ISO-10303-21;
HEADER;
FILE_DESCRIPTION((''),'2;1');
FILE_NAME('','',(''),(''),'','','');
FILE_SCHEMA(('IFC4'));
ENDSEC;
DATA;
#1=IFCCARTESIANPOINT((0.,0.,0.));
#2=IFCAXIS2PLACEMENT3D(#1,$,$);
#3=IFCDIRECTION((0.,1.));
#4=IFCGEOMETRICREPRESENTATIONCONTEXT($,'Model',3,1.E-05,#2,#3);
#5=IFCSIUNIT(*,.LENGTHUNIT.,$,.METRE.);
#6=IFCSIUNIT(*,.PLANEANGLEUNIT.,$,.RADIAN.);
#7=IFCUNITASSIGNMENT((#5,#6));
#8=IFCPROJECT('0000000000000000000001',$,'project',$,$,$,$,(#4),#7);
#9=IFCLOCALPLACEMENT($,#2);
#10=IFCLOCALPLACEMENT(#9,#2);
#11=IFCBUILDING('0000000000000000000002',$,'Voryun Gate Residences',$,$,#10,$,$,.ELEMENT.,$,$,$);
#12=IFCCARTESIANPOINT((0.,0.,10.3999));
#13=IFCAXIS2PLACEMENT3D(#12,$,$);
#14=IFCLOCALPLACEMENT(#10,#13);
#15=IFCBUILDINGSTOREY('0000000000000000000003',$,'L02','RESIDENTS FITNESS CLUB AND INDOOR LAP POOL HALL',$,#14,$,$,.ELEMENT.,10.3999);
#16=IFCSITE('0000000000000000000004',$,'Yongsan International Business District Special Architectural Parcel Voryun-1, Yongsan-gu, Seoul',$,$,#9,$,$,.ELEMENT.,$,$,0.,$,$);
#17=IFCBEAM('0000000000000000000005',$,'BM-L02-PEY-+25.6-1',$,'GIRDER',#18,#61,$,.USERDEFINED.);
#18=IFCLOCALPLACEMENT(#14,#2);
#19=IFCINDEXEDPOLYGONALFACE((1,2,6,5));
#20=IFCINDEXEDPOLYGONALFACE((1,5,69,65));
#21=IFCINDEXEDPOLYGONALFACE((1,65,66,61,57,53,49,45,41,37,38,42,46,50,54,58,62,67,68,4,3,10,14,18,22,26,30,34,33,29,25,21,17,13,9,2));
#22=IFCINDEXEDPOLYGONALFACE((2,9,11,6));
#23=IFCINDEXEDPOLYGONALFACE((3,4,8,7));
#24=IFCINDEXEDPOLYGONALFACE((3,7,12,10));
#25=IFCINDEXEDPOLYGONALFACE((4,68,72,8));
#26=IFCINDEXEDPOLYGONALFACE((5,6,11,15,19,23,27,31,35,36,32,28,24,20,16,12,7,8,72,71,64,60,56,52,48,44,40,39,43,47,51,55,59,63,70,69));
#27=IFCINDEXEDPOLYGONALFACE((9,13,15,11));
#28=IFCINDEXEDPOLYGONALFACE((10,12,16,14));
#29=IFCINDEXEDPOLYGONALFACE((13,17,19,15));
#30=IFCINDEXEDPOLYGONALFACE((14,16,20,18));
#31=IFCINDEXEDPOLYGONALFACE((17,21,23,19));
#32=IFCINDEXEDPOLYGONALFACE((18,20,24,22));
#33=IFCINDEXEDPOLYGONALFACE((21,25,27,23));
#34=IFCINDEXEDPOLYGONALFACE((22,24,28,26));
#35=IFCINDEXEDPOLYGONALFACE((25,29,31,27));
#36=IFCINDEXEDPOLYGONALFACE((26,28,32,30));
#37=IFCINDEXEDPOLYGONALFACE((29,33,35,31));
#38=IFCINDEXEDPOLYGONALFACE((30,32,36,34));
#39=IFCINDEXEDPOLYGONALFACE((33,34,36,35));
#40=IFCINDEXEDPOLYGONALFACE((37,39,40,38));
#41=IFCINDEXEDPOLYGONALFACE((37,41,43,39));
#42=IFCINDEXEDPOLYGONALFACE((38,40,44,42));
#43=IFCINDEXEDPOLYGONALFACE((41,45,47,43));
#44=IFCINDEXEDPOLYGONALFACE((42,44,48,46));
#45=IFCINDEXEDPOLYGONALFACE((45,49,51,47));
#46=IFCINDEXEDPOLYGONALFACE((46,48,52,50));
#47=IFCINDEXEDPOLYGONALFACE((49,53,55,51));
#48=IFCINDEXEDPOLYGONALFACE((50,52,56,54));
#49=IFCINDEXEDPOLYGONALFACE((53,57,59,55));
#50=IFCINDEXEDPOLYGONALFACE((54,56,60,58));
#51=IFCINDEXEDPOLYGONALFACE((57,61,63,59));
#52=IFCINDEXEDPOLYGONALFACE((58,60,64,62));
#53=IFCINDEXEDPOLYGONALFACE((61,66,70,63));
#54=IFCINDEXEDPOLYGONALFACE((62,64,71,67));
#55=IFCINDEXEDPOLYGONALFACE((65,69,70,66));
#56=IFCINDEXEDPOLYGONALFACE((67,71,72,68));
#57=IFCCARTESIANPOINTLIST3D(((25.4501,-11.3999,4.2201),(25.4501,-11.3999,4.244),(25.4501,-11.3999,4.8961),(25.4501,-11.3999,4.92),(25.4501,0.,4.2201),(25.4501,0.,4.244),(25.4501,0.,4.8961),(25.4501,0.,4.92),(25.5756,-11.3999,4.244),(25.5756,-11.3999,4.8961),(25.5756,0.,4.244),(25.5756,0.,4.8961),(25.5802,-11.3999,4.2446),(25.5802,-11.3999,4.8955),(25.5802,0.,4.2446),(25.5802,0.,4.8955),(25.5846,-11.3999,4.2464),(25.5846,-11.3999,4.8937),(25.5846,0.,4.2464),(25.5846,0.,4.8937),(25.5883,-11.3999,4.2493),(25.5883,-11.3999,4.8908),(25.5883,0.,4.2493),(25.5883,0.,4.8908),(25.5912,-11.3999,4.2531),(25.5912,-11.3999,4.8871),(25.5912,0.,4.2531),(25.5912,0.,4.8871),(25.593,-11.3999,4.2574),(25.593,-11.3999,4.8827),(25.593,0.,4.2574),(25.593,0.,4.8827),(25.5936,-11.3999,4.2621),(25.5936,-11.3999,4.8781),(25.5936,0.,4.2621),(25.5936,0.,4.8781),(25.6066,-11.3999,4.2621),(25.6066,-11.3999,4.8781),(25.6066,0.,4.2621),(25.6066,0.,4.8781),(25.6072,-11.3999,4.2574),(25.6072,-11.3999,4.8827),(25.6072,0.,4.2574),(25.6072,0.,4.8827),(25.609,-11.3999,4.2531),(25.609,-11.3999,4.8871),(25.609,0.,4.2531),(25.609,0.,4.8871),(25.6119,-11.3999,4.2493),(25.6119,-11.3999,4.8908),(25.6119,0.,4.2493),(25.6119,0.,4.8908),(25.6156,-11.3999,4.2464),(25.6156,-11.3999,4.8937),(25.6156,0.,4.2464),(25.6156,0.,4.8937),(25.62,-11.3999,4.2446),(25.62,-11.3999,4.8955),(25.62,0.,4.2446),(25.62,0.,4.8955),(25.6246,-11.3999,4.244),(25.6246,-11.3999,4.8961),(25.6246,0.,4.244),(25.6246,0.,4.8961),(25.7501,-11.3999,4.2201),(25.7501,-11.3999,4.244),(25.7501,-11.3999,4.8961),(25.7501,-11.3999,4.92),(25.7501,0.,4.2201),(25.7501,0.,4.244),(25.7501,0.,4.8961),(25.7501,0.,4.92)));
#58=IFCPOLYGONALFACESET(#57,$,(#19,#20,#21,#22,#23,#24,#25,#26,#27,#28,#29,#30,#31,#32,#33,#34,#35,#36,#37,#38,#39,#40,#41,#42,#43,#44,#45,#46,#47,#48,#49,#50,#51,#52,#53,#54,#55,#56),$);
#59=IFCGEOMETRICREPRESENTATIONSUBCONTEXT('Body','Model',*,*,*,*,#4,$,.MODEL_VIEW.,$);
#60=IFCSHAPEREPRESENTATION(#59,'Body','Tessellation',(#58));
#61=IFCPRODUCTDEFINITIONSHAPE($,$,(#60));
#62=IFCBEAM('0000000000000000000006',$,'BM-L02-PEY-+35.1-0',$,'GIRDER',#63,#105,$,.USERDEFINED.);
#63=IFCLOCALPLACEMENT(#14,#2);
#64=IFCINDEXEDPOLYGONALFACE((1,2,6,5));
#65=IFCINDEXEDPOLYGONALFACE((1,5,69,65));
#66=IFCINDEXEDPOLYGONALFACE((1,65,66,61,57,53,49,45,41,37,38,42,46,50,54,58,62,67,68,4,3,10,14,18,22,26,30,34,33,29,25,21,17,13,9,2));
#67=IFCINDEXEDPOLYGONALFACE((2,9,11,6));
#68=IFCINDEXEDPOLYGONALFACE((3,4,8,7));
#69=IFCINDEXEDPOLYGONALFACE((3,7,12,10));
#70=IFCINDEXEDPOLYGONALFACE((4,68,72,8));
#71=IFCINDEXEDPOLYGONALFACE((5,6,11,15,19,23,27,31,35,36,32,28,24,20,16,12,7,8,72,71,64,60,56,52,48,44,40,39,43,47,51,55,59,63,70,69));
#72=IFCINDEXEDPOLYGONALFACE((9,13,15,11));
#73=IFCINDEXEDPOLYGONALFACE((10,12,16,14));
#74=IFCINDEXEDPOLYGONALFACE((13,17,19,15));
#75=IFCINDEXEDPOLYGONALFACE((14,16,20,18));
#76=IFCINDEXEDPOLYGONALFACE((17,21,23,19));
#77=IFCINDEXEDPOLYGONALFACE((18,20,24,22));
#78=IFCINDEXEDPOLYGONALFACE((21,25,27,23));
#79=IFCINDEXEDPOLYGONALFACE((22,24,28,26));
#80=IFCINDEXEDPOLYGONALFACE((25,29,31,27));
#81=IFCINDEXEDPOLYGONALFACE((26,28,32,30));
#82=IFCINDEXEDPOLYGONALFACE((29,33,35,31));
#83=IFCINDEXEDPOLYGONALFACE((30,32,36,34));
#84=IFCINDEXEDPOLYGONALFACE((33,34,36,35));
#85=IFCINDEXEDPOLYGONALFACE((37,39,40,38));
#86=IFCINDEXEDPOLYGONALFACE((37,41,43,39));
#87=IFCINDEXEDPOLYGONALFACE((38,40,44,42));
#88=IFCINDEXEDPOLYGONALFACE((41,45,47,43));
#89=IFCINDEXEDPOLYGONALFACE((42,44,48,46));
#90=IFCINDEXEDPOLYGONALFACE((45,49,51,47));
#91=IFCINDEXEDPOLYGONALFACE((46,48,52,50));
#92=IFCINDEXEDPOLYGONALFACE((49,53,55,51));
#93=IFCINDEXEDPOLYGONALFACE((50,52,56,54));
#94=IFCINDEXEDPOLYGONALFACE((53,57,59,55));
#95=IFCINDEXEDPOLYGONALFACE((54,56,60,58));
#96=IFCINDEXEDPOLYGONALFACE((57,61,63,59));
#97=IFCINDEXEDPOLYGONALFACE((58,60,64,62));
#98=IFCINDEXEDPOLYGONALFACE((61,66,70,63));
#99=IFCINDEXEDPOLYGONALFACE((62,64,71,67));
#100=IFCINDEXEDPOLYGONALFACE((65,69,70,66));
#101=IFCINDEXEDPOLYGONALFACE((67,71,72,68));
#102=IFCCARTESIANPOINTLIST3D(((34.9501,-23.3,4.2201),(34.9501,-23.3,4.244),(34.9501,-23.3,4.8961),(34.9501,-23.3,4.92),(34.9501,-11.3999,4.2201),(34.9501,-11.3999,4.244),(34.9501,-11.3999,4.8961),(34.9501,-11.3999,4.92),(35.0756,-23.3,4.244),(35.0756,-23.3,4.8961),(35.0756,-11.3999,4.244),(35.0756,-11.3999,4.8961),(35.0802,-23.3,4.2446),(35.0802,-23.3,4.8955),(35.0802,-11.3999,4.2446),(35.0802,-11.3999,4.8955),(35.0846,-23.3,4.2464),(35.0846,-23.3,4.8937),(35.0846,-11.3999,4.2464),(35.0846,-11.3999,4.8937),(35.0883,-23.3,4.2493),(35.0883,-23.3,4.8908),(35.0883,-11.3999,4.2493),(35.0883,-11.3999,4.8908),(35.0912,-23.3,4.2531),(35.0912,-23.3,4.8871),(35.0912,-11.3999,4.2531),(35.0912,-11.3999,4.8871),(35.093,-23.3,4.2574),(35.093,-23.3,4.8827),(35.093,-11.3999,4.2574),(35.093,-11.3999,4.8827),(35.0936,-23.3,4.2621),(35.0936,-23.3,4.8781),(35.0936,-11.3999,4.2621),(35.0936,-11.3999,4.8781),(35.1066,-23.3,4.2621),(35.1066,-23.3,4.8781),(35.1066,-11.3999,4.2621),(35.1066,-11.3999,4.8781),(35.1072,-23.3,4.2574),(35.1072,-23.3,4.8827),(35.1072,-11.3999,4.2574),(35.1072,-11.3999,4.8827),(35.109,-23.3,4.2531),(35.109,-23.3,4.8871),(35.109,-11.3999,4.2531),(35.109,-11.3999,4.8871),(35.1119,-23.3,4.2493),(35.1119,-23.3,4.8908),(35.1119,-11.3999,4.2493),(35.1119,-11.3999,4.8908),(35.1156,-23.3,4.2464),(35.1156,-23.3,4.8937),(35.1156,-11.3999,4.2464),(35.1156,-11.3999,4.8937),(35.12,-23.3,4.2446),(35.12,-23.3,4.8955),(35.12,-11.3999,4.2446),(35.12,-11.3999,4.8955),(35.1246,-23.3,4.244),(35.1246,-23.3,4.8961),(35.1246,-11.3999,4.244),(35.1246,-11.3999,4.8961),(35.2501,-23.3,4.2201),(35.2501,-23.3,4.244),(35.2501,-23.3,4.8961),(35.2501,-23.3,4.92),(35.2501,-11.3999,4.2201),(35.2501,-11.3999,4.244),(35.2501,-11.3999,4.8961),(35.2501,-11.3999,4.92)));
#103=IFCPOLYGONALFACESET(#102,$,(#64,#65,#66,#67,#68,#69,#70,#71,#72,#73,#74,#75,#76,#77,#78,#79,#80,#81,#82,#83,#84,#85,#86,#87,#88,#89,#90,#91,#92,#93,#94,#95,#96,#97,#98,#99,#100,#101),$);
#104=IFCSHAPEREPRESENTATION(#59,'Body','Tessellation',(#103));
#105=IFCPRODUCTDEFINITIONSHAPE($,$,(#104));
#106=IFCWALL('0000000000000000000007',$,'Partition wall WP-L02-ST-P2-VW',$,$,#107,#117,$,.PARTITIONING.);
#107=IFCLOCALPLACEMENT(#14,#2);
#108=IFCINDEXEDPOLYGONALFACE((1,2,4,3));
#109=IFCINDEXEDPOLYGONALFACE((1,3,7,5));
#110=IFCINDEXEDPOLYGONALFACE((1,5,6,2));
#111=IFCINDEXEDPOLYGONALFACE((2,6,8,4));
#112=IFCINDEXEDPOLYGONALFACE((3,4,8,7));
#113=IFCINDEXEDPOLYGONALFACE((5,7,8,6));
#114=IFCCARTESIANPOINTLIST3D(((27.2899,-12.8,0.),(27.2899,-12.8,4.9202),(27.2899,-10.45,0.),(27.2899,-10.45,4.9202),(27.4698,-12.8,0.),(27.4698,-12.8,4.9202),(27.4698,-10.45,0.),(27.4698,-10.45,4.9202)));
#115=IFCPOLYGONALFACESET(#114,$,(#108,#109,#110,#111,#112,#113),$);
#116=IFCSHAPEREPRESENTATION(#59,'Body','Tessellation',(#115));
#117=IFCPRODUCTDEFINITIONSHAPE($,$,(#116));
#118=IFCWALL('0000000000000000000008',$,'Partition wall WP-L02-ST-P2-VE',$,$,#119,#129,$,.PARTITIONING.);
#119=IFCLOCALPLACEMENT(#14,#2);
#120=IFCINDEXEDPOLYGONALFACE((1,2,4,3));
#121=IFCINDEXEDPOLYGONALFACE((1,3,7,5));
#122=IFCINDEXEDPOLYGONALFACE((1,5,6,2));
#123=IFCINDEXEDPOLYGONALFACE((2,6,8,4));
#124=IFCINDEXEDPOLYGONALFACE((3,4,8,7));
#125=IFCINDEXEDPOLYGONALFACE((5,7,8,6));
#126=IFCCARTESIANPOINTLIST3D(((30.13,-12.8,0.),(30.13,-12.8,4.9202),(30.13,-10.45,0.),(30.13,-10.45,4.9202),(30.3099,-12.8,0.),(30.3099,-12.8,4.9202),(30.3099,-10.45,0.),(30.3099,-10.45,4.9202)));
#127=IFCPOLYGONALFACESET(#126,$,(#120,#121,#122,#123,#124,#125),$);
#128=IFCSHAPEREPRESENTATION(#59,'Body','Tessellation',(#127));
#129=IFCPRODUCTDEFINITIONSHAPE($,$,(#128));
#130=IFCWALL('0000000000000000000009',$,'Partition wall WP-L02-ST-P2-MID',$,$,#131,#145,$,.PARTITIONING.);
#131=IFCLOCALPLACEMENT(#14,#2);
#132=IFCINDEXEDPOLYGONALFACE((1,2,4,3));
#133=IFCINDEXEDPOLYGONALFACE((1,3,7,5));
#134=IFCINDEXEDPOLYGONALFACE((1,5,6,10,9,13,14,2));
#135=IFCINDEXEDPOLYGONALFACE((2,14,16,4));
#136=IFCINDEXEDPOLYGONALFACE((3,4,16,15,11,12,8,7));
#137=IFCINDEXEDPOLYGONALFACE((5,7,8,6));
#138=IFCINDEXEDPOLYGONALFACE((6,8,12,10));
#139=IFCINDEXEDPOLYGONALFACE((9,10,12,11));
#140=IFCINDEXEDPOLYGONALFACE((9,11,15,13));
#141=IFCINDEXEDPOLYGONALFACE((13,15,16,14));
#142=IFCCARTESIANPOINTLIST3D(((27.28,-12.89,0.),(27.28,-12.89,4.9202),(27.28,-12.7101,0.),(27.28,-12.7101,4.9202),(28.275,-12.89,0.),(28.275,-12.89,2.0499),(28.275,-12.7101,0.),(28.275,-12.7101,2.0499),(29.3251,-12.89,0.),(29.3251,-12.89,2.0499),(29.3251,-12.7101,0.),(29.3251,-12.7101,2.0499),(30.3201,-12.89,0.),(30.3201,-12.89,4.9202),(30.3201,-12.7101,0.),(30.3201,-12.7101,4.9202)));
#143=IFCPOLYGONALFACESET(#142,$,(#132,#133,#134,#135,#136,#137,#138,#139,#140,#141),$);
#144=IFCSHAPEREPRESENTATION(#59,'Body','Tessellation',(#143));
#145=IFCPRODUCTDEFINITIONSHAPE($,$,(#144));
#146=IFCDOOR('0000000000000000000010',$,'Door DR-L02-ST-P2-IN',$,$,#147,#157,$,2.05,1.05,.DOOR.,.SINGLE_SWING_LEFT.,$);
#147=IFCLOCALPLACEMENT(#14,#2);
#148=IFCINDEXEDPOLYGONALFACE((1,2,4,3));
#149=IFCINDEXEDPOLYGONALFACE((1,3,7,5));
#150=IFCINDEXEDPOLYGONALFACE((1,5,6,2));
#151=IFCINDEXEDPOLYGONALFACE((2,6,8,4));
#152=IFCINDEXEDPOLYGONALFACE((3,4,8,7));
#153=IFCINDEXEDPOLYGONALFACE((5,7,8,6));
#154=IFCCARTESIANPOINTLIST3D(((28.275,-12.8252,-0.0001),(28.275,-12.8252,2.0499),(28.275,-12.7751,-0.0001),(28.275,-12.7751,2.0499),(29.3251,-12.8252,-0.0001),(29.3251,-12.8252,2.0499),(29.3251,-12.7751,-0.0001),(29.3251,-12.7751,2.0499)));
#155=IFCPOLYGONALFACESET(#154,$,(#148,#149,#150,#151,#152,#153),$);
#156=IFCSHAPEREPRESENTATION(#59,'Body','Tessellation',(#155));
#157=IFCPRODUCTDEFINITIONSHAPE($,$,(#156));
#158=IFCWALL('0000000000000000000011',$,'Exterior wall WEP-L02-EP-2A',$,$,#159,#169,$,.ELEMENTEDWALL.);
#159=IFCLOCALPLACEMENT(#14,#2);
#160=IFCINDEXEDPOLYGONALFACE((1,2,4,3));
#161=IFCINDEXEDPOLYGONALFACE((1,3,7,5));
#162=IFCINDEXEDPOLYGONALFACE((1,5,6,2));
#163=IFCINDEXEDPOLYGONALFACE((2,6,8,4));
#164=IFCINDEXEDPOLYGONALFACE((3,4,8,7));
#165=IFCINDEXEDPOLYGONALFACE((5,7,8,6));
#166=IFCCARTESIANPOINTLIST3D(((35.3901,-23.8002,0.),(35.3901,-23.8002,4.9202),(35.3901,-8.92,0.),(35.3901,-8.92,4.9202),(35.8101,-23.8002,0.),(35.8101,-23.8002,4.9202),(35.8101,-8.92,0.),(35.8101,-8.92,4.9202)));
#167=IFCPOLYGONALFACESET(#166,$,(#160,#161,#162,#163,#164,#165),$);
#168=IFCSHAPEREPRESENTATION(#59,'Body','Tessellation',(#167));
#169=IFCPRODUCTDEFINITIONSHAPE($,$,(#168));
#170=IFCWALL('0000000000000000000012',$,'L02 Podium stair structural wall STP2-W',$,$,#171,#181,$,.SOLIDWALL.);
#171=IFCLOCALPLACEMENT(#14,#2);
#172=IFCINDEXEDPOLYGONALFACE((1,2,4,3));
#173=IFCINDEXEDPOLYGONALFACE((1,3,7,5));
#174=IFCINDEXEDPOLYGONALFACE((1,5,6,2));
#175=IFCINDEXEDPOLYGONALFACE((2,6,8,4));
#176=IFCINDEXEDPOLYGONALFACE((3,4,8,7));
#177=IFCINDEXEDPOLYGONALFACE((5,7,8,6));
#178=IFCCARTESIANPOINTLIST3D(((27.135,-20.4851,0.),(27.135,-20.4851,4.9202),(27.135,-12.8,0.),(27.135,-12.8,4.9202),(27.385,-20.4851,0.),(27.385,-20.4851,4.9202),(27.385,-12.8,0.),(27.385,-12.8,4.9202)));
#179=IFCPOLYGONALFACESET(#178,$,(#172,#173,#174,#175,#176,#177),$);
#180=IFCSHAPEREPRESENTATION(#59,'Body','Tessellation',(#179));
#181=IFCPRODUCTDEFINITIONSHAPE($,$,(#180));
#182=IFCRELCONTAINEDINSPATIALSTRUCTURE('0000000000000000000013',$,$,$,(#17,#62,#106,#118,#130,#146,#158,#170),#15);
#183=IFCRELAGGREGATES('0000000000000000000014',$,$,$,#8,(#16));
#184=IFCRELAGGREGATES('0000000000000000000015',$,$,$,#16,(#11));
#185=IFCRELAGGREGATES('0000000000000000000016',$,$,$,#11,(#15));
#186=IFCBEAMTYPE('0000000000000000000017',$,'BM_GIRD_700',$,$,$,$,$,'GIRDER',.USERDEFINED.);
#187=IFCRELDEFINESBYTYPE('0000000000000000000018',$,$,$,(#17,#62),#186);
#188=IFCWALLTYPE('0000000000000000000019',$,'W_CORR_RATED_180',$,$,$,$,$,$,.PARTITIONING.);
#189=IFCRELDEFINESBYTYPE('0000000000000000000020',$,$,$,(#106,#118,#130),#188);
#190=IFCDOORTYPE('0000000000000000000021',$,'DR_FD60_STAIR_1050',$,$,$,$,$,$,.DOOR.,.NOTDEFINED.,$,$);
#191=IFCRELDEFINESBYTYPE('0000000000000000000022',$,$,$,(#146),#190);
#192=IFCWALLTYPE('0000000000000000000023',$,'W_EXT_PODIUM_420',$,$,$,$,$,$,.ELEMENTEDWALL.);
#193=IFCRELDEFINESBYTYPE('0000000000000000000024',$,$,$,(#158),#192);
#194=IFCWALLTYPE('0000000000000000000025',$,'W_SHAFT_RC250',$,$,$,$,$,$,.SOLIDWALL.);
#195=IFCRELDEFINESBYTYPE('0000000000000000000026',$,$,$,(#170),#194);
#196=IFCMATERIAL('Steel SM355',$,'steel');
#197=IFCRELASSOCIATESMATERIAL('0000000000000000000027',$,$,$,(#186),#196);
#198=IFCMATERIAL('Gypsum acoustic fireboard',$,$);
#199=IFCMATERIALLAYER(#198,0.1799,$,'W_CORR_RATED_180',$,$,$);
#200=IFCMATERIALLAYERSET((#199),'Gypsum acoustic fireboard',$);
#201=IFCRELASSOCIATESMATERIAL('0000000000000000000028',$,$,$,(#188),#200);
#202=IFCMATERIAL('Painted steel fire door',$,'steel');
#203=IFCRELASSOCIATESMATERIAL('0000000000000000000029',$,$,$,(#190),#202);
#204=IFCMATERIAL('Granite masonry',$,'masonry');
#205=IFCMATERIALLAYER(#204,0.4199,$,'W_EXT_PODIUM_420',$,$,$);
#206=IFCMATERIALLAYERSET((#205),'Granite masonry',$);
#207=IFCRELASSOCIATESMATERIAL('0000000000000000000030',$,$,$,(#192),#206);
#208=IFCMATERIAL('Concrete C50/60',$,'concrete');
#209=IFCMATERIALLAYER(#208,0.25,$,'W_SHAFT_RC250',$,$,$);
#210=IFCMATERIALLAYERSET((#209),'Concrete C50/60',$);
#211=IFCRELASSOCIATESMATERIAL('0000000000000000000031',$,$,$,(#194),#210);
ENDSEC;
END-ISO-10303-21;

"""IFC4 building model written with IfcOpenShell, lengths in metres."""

from ifc_helpers import new_model, si_unit, direction, frame, frame_2d, origin, origin_2d, place, context, subcontext, project, spatial, rectangle, i_section, extrude, material, layer, layer_set, material_profile, profile_set, type_object, element, fill, save


model = new_model("IFC4")

# Units and contexts
model_context = context("Model", 3, precision=1e-05, world=origin(), true_north=direction((0.0, 1.0)))
body_context = subcontext(model_context, "Body", "Model", "MODEL_VIEW")
ifc_project = project(units=[si_unit("LENGTHUNIT", "METRE"), si_unit("PLANEANGLEUNIT", "RADIAN")], contexts=[model_context])

# Site, building, storey
site_placement = place(None, origin())
site = spatial("IfcSite", under=ifc_project, at=site_placement, Name="Yongsan International Business District Special Architectural Parcel Voryun-1, Yongsan-gu, Seoul", CompositionType="ELEMENT", RefElevation=0.0)
building_placement = place(site_placement, origin())
building = spatial("IfcBuilding", under=site, at=building_placement, Name="Voryun Gate Residences", CompositionType="ELEMENT")
storey_placement = place(building_placement, frame((0.0, 0.0, 10.3999)))
storey = spatial("IfcBuildingStorey", under=building, at=storey_placement, Name="L02", Description="RESIDENTS FITNESS CLUB AND INDOOR LAP POOL HALL", CompositionType="ELEMENT", Elevation=10.3999)

# Beams
ifc_material_1 = material(Name="Steel SM355", Category="steel")
ifc_material_profile_1 = material_profile(ifc_material_1, i_section(OverallWidth=0.3, OverallDepth=0.7, WebThickness=0.0129, FlangeThickness=0.0239, FilletRadius=0.0181, at=origin_2d()), Name="H-700x300x13x24")
ifc_profile_set_1 = profile_set([ifc_material_profile_1], Name="Steel SM355")
beam_type = type_object("IfcBeamType", Name="BM_GIRD_700", ElementType="GIRDER", PredefinedType="USERDEFINED", material=ifc_profile_set_1)
beam_1_placement = place(storey_placement, frame((25.6001, -11.3999, 4.5701), z_axis=(0.0, 1.0, 0.0), x_axis=(-1.0, 0.0, 0.0)))
element("IfcBeam", 1, at=beam_1_placement, inside=storey, type_object=beam_type, Name="BM-L02-PEY-+25.6-1", ObjectType="GIRDER", PredefinedType="USERDEFINED", context=body_context, shape_type="SweptSolid", body=[
    extrude(i_section(OverallWidth=0.3, OverallDepth=0.7, WebThickness=0.0129, FlangeThickness=0.0239, FilletRadius=0.0181, at=origin_2d()), origin(), (0.0, 0.0, 1.0), 11.3999),
])
beam_2_placement = place(storey_placement, frame((35.1001, -23.3, 4.5701), z_axis=(0.0, 1.0, 0.0), x_axis=(-1.0, 0.0, 0.0)))
element("IfcBeam", 2, at=beam_2_placement, inside=storey, type_object=beam_type, Name="BM-L02-PEY-+35.1-0", ObjectType="GIRDER", PredefinedType="USERDEFINED", context=body_context, shape_type="SweptSolid", body=[
    extrude(i_section(OverallWidth=0.3, OverallDepth=0.7, WebThickness=0.0129, FlangeThickness=0.0239, FilletRadius=0.0181, at=origin_2d()), origin(), (0.0, 0.0, 1.0), 11.9001),
])

# Walls
ifc_material_2 = material(Name="Gypsum acoustic fireboard")
ifc_layer_1 = layer(ifc_material_2, 0.1799, Name="W_CORR_RATED_180")
ifc_layer_set_1 = layer_set([ifc_layer_1], Name="Gypsum acoustic fireboard")
wall_type_1 = type_object("IfcWallType", Name="W_CORR_RATED_180", PredefinedType="PARTITIONING", material=ifc_layer_set_1)
for number, where, z_axis, x_axis, name in (
    (3, (27.3799, -12.8, 0.0), (0.0, 0.0, 1.0), (0.0, 1.0, 0.0), "Partition wall WP-L02-ST-P2-VW"),
    (4, (30.22, -12.8, 0.0), (0.0, 0.0, 1.0), (0.0, 1.0, 0.0), "Partition wall WP-L02-ST-P2-VE"),
):
    element("IfcWall", number, at=place(storey_placement, frame(where, z_axis=z_axis, x_axis=x_axis)), inside=storey, type_object=wall_type_1, Name=name, PredefinedType="PARTITIONING", context=body_context, shape_type="SweptSolid", body=[
        extrude(rectangle(XDim=2.3501, YDim=0.1799, at=frame_2d((1.175, 0.0))), origin(), (0.0, 0.0, 1.0), 4.9202),
    ])

# Wall, opening, door
wall_1_placement = place(storey_placement, frame((27.28, -12.8, 0.0), z_axis=(0.0, 0.0, 1.0), x_axis=(1.0, 0.0, 0.0)))
wall_1 = element("IfcWall", 5, at=wall_1_placement, inside=storey, type_object=wall_type_1, Name="Partition wall WP-L02-ST-P2-MID", PredefinedType="PARTITIONING", context=body_context, shape_type="SweptSolid", body=[
    extrude(rectangle(XDim=3.04, YDim=0.1799, at=frame_2d((1.52, 0.0))), origin(), (0.0, 0.0, 1.0), 4.9202),
])
opening_placement = place(wall_1_placement, frame((0.9951, 0.0, 0.0)))
opening = element("IfcOpeningElement", 6, at=opening_placement, cuts=wall_1, PredefinedType="OPENING", context=body_context, shape_type="SweptSolid", body=[
    extrude(rectangle(XDim=1.05, YDim=2.05, at=frame_2d((0.5249, 1.0249))), frame((0.0, 0.0999, 0.0), z_axis=(0.0, -1.0, 0.0), x_axis=(1.0, 0.0, 0.0)), (0.0, 0.0, 1.0), 0.2),
])
ifc_material_3 = material(Name="Painted steel fire door", Category="steel")
door_type = type_object("IfcDoorType", Name="DR_FD60_STAIR_1050", OperationType="NOTDEFINED", PredefinedType="DOOR", material=ifc_material_3)
door_placement = place(opening_placement, origin())
door = element("IfcDoor", 7, at=door_placement, inside=storey, type_object=door_type, Name="Door DR-L02-ST-P2-IN", OperationType="SINGLE_SWING_LEFT", OverallHeight=2.05, OverallWidth=1.05, PredefinedType="DOOR", context=body_context, shape_type="SweptSolid", body=[
    extrude(rectangle(XDim=1.05, YDim=2.05, at=frame_2d((0.5249, 1.0249))), frame((0.0, 0.0249, 0.0), z_axis=(0.0, -1.0, 0.0), x_axis=(1.0, 0.0, 0.0)), (0.0, 0.0, 1.0), 0.05),
])
fill(opening, door)

# Walls
ifc_material_4 = material(Name="Granite masonry", Category="masonry")
ifc_layer_2 = layer(ifc_material_4, 0.4199, Name="W_EXT_PODIUM_420")
ifc_layer_set_2 = layer_set([ifc_layer_2], Name="Granite masonry")
wall_type_2 = type_object("IfcWallType", Name="W_EXT_PODIUM_420", PredefinedType="ELEMENTEDWALL", material=ifc_layer_set_2)
wall_2_placement = place(storey_placement, frame((35.6001, -23.8, 0.0), z_axis=(0.0, 0.0, 1.0), x_axis=(0.0, 1.0, 0.0)))
element("IfcWall", 8, at=wall_2_placement, inside=storey, type_object=wall_type_2, Name="Exterior wall WEP-L02-EP-2A", PredefinedType="ELEMENTEDWALL", context=body_context, shape_type="SweptSolid", body=[
    extrude(rectangle(XDim=14.8801, YDim=0.4199, at=frame_2d((7.4399, 0.0))), origin(), (0.0, 0.0, 1.0), 4.9202),
])
ifc_material_5 = material(Name="Concrete C50/60", Category="concrete")
ifc_layer_3 = layer(ifc_material_5, 0.25, Name="W_SHAFT_RC250")
ifc_layer_set_3 = layer_set([ifc_layer_3], Name="Concrete C50/60")
wall_type_3 = type_object("IfcWallType", Name="W_SHAFT_RC250", PredefinedType="SOLIDWALL", material=ifc_layer_set_3)
for number, where, z_axis, x_axis, name in (
    (9, (27.26, -20.4851, 0.0), (0.0, 0.0, 1.0), (0.0, 1.0, 0.0), "L02 Podium stair structural wall STP2-W"),
):
    element("IfcWall", number, at=place(storey_placement, frame(where, z_axis=z_axis, x_axis=x_axis)), inside=storey, type_object=wall_type_3, Name=name, PredefinedType="SOLIDWALL", context=body_context, shape_type="SweptSolid", body=[
        extrude(rectangle(XDim=7.6851, YDim=0.25, at=frame_2d((3.8425, 0.0))), origin(), (0.0, 0.0, 1.0), 4.9202),
    ])

save(model, "model.ifc")
